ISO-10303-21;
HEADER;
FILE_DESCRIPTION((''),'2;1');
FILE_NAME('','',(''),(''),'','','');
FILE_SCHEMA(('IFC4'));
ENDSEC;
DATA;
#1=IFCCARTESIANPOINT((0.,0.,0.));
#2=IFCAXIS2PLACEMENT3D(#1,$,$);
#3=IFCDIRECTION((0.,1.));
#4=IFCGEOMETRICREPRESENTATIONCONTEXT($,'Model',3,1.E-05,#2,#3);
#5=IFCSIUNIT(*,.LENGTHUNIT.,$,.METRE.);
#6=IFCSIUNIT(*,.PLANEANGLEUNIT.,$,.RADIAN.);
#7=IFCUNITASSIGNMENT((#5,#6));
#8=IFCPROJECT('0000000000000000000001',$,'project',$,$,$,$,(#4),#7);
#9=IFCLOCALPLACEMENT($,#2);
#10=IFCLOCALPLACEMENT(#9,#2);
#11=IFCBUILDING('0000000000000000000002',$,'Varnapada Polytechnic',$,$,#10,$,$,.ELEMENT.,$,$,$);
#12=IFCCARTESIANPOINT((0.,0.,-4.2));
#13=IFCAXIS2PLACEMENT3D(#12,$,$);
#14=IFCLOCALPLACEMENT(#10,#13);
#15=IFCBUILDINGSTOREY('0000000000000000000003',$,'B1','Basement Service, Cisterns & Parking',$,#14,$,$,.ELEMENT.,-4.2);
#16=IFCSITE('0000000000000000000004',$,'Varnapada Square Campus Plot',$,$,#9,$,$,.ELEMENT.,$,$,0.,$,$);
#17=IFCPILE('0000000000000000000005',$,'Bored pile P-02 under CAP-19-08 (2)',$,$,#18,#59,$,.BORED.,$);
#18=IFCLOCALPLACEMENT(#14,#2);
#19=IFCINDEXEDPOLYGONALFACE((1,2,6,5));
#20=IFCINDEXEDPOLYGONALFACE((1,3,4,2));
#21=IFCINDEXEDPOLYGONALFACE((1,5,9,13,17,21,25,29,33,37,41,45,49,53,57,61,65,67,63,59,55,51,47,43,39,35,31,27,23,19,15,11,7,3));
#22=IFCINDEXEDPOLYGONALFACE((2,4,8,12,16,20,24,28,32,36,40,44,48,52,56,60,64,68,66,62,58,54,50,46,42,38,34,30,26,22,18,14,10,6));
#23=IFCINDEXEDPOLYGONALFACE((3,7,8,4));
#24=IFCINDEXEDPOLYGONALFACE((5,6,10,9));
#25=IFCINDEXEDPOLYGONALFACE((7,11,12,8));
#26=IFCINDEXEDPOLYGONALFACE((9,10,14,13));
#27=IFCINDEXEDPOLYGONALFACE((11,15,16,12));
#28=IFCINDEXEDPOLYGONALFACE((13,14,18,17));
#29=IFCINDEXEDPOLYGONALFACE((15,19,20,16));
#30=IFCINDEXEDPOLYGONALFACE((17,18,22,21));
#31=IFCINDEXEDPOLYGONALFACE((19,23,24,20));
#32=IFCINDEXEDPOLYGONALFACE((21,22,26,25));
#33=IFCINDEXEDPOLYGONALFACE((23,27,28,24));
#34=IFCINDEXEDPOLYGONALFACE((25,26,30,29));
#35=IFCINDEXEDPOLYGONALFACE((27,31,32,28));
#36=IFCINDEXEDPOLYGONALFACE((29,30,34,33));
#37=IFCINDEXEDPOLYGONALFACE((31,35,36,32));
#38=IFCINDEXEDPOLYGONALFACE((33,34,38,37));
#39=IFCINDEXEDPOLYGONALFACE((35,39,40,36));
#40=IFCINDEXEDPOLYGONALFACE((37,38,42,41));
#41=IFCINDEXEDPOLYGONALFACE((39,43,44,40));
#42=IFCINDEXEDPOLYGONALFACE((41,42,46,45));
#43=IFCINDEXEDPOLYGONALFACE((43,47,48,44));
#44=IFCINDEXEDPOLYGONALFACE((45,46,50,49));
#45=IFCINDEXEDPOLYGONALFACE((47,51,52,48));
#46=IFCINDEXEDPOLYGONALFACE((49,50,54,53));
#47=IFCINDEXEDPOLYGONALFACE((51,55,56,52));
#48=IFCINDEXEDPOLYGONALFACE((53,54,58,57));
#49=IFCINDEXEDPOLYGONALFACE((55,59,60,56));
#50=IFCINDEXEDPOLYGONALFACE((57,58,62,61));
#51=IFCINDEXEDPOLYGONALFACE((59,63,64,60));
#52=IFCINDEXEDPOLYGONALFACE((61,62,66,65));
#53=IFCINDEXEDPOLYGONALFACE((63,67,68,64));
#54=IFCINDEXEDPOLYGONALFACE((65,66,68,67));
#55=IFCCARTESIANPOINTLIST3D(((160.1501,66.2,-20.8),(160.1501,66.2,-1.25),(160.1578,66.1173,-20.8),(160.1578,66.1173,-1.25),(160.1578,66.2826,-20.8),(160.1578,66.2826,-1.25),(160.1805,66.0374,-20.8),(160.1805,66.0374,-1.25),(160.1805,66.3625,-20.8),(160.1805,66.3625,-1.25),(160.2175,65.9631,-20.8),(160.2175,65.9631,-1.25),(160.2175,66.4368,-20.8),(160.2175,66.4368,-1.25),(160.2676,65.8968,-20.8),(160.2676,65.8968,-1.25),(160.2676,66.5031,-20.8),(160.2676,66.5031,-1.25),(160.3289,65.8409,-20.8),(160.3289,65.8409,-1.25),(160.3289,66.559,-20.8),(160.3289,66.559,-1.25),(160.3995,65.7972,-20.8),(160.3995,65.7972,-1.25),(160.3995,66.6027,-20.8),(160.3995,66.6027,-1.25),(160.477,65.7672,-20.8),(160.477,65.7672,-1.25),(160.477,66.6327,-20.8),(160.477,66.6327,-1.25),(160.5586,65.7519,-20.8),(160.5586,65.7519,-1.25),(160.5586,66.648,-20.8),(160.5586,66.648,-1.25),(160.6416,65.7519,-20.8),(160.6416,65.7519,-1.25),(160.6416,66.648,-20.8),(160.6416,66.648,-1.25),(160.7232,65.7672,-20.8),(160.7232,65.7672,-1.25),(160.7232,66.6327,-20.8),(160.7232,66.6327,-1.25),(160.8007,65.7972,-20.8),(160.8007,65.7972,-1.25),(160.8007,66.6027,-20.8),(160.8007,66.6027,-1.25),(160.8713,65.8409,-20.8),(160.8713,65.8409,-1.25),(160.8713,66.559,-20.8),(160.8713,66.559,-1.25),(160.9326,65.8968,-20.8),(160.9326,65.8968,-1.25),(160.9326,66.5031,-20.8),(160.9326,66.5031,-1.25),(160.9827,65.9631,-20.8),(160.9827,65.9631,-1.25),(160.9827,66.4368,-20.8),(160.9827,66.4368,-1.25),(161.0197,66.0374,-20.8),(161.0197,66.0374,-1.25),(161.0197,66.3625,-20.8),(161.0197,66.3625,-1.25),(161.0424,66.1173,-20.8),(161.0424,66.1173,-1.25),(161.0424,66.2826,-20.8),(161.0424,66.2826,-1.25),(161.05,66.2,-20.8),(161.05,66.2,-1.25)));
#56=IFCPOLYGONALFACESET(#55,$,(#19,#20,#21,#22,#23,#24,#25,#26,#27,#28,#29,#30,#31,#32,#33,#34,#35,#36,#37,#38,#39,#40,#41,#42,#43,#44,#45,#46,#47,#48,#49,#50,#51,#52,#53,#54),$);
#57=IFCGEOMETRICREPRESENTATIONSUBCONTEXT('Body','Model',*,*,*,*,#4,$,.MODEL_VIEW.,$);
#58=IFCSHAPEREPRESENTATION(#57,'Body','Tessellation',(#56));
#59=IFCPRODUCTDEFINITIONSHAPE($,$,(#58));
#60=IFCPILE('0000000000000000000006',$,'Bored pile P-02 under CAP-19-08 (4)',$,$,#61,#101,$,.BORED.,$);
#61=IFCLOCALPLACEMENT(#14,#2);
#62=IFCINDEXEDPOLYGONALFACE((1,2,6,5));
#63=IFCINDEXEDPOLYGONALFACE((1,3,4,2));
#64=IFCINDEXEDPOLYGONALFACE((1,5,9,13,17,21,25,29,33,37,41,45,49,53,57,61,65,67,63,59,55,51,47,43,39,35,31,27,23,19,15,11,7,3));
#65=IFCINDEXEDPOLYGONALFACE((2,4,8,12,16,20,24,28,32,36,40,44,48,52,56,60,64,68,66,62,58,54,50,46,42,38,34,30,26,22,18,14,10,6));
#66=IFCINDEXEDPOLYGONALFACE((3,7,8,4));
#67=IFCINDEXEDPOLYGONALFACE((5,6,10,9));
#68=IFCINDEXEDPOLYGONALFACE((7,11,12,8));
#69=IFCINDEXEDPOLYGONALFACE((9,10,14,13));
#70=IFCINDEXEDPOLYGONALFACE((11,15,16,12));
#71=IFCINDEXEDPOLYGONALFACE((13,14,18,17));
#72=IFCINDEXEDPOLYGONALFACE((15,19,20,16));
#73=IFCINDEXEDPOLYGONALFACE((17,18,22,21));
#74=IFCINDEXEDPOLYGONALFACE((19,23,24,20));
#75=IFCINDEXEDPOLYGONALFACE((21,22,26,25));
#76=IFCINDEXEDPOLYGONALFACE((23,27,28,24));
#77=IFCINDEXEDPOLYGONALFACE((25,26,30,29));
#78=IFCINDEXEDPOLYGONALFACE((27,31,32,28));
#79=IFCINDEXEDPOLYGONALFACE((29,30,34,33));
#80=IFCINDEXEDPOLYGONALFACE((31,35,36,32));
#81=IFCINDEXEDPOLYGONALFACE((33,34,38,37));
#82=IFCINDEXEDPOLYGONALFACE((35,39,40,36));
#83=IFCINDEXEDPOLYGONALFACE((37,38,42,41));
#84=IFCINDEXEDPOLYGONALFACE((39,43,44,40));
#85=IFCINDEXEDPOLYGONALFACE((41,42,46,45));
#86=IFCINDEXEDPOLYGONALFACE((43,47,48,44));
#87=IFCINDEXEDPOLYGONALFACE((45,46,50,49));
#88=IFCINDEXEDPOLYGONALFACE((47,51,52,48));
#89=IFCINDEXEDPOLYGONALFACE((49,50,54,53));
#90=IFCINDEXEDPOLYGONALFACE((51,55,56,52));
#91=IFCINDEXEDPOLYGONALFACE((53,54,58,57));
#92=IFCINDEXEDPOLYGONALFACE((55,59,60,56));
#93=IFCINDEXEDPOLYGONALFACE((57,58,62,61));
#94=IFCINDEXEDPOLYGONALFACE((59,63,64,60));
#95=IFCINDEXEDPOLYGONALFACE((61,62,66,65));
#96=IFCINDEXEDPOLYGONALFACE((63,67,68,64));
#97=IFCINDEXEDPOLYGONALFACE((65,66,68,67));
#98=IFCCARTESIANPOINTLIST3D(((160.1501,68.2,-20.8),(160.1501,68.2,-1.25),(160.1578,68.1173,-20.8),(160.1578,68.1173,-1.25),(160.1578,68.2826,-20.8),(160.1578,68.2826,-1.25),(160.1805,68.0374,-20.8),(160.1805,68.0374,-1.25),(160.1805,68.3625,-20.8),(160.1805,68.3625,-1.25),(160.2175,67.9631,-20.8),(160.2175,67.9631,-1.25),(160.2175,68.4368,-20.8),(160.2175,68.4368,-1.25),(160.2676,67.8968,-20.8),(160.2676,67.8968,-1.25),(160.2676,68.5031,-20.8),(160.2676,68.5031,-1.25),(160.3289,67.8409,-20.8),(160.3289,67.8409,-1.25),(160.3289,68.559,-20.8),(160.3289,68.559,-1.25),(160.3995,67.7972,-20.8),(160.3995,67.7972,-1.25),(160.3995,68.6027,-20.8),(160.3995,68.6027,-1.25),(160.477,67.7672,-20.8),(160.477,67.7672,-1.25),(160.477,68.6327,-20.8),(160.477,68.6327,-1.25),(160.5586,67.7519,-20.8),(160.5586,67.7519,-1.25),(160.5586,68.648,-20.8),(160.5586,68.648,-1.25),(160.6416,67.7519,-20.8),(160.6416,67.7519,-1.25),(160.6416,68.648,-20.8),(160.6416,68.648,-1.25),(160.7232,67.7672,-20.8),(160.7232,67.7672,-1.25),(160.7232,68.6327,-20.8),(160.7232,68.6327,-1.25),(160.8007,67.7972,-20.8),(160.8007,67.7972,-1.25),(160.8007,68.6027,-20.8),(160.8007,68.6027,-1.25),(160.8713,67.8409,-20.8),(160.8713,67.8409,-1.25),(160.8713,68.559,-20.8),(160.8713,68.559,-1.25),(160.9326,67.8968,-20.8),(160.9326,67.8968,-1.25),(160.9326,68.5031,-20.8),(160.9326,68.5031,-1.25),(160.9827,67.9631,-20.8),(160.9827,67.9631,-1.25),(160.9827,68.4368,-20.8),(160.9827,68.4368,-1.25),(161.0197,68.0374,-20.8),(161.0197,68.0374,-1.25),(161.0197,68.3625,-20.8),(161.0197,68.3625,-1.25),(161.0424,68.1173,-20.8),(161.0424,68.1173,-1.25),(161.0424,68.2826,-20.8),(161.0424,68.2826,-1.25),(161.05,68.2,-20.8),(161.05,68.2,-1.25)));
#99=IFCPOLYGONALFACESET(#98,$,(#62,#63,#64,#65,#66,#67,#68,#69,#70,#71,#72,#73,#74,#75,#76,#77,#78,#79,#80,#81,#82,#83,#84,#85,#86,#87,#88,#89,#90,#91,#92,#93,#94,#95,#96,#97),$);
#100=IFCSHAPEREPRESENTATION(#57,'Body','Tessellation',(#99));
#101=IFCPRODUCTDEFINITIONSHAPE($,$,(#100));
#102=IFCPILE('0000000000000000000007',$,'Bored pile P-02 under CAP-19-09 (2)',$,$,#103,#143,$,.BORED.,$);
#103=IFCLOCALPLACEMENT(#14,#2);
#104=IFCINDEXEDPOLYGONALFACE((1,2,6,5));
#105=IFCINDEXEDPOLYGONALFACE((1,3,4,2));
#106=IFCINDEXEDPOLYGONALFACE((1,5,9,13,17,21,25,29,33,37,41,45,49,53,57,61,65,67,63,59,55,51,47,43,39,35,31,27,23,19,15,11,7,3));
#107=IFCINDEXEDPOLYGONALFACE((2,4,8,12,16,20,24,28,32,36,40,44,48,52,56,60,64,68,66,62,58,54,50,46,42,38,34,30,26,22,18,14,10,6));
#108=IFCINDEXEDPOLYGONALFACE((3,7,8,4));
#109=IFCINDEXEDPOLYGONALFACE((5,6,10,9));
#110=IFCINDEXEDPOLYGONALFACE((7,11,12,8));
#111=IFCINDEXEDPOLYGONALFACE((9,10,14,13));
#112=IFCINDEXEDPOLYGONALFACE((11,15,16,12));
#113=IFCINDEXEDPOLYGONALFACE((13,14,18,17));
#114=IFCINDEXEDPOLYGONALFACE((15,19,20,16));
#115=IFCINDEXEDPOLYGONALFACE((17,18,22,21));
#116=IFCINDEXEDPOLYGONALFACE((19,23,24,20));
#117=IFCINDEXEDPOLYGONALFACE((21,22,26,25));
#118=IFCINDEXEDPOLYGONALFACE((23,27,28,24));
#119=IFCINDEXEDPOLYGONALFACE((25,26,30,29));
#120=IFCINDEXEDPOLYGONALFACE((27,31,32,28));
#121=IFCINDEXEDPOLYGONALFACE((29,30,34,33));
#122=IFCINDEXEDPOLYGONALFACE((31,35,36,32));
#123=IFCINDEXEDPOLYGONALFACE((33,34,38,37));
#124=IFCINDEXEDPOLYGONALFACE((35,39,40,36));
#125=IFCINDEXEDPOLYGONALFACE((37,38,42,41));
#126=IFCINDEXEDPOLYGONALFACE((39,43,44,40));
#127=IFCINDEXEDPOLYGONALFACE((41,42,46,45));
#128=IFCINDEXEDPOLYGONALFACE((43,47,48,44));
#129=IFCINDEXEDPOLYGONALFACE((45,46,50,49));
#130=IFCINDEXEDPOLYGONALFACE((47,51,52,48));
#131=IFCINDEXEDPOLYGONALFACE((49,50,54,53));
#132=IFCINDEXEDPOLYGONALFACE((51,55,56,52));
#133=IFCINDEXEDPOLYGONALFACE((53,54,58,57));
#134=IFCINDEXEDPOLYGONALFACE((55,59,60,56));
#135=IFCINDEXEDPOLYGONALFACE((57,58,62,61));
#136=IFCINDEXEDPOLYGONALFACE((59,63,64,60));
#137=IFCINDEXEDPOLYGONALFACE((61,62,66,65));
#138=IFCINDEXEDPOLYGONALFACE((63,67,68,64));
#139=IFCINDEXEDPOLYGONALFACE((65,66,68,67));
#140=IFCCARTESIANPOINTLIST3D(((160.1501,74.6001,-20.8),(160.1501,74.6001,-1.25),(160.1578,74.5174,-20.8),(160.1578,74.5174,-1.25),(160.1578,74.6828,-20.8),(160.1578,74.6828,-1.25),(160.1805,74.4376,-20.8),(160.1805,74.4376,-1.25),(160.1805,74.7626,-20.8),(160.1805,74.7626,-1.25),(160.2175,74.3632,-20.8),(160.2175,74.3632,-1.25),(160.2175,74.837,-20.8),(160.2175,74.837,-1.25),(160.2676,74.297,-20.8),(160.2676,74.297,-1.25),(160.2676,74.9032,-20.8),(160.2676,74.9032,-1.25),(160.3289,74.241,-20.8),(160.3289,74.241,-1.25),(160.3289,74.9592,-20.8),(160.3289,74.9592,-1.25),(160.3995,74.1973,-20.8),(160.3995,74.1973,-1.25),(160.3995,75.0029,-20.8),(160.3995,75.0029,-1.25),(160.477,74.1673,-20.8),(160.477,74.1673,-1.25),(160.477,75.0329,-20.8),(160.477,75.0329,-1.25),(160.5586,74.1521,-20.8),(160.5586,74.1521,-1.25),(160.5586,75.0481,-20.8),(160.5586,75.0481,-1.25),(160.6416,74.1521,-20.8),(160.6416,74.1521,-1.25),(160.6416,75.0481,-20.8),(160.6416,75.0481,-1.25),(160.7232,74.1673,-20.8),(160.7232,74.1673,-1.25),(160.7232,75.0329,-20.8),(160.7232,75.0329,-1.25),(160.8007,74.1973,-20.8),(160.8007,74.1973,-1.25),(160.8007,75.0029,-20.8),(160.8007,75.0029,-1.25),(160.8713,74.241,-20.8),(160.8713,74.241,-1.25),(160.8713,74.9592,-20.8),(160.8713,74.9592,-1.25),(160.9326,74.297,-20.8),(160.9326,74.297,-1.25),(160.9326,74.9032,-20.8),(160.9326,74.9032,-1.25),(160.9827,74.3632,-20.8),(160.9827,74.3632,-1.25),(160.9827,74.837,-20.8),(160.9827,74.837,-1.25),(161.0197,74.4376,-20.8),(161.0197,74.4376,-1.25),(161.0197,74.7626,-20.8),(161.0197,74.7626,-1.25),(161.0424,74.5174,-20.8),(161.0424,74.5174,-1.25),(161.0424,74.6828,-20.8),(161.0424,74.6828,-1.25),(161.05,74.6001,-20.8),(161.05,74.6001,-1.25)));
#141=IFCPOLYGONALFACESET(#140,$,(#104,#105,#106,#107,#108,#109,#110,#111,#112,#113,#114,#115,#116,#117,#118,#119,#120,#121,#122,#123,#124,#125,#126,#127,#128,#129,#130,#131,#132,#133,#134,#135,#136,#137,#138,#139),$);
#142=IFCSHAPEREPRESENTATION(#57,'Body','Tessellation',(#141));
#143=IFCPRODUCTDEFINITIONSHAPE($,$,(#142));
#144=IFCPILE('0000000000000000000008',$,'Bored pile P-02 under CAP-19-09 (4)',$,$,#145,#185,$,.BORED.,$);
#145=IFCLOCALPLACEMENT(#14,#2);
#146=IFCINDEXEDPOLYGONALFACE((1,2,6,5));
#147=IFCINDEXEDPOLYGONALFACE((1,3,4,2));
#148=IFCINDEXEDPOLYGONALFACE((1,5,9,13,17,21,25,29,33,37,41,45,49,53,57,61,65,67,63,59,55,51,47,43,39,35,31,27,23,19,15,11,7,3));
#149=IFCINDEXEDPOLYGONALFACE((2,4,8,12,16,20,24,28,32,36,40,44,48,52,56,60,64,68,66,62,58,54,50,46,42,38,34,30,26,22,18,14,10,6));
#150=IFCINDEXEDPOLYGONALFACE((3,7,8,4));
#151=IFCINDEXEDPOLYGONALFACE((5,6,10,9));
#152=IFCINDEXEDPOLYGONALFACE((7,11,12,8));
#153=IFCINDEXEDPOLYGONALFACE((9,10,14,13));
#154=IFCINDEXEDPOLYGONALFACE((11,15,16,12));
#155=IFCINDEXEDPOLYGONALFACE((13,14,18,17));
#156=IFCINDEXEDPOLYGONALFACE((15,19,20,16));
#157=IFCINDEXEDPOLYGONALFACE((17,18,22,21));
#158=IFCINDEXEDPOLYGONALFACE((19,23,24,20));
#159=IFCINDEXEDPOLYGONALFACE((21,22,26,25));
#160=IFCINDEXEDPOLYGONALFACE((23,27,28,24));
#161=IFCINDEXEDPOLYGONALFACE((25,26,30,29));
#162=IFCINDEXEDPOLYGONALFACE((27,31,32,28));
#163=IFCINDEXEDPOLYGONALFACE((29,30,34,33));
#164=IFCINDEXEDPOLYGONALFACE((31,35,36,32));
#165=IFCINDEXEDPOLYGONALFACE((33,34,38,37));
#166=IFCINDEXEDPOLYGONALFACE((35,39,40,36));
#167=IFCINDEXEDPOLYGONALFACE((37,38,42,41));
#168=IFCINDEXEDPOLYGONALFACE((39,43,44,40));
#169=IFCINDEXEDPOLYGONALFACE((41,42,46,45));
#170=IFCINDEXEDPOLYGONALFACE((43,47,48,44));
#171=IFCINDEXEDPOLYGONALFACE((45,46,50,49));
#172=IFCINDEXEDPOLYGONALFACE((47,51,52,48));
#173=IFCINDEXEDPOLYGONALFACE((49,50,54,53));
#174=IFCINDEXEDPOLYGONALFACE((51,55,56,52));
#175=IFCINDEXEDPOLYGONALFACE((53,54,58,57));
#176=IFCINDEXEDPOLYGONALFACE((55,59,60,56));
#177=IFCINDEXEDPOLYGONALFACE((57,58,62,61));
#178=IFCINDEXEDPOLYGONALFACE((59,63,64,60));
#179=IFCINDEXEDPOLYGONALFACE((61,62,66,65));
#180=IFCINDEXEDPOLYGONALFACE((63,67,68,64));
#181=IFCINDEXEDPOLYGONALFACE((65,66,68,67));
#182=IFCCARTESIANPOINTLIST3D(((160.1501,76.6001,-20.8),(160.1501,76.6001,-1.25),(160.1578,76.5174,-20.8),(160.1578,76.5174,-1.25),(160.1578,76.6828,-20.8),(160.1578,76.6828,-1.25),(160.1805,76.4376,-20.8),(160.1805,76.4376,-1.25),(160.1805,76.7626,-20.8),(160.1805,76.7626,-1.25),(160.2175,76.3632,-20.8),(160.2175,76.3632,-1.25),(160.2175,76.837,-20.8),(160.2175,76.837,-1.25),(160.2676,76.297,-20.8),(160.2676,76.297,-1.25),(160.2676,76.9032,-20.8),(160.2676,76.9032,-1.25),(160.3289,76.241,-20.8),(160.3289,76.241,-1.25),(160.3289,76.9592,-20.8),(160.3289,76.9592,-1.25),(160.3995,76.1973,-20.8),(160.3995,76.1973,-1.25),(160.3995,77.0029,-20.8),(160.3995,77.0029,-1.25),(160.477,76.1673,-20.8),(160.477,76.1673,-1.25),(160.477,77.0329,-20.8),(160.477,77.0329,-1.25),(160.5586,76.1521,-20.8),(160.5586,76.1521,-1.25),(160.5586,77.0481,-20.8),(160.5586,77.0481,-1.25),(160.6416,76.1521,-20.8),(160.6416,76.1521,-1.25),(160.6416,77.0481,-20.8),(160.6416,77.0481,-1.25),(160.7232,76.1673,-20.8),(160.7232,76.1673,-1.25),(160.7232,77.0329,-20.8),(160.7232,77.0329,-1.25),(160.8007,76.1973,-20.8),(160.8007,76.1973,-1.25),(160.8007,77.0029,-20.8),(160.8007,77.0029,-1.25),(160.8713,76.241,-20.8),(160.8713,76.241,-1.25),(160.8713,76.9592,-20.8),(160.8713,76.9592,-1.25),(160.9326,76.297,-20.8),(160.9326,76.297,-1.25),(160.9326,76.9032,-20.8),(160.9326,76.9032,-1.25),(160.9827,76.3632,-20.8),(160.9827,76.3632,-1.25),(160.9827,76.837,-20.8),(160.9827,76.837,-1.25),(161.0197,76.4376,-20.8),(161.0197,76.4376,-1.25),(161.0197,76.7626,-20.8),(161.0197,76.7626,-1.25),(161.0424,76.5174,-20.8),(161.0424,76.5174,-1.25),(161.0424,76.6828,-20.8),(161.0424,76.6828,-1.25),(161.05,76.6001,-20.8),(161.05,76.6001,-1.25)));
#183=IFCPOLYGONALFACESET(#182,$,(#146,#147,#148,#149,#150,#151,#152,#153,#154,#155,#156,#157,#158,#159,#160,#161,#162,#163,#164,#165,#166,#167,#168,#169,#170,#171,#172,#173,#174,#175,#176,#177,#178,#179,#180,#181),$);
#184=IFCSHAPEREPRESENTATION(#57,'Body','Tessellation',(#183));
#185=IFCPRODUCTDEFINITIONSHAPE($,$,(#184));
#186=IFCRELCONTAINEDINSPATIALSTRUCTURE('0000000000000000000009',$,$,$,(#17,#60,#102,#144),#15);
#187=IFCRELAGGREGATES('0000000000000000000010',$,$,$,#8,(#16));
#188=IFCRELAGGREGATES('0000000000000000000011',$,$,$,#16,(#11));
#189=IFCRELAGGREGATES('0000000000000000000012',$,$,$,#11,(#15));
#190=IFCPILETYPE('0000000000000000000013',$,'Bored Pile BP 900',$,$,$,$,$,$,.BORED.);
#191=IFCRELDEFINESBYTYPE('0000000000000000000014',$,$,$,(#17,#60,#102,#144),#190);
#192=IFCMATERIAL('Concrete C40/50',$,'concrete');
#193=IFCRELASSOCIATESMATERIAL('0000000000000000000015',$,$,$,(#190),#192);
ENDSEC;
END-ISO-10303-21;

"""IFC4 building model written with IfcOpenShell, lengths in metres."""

from ifc_helpers import new_model, si_unit, direction, frame, origin, origin_2d, place, context, subcontext, project, spatial, circle, extrude, material, material_profile, profile_set, type_object, element, save


model = new_model("IFC4")

# Units and contexts
model_context = context("Model", 3, precision=1e-05, world=origin(), true_north=direction((0.0, 1.0)))
body_context = subcontext(model_context, "Body", "Model", "MODEL_VIEW")
ifc_project = project(units=[si_unit("LENGTHUNIT", "METRE"), si_unit("PLANEANGLEUNIT", "RADIAN")], contexts=[model_context])

# Site, building, storey
site_placement = place(None, origin())
site = spatial("IfcSite", under=ifc_project, at=site_placement, Name="Varnapada Square Campus Plot", CompositionType="ELEMENT", RefElevation=0.0)
building_placement = place(site_placement, origin())
building = spatial("IfcBuilding", under=site, at=building_placement, Name="Varnapada Polytechnic", CompositionType="ELEMENT")
storey_placement = place(building_placement, frame((0.0, 0.0, -4.2)))
storey = spatial("IfcBuildingStorey", under=building, at=storey_placement, Name="B1", Description="Basement Service, Cisterns & Parking", CompositionType="ELEMENT", Elevation=-4.2)

# Piles
ifc_material_1 = material(Name="Concrete C40/50", Category="concrete")
ifc_material_profile_1 = material_profile(ifc_material_1, circle(Radius=0.45, at=origin_2d()), Name="BP 900")
ifc_profile_set_1 = profile_set([ifc_material_profile_1], Name="Concrete C40/50")
pile_type = type_object("IfcPileType", Name="Bored Pile BP 900", PredefinedType="BORED", material=ifc_profile_set_1)
for number, where, z_axis, x_axis, name in (
    (1, (160.6001, 66.2, -1.25), (0.0, 0.0, -1.0), (1.0, 0.0, 0.0), "Bored pile P-02 under CAP-19-08 (2)"),
    (2, (160.6001, 68.2, -1.25), (0.0, 0.0, -1.0), (1.0, 0.0, 0.0), "Bored pile P-02 under CAP-19-08 (4)"),
    (3, (160.6001, 74.6001, -1.25), (0.0, 0.0, -1.0), (1.0, 0.0, 0.0), "Bored pile P-02 under CAP-19-09 (2)"),
    (4, (160.6001, 76.6001, -1.25), (0.0, 0.0, -1.0), (1.0, 0.0, 0.0), "Bored pile P-02 under CAP-19-09 (4)"),
):
    element("IfcPile", number, at=place(storey_placement, frame(where, z_axis=z_axis, x_axis=x_axis)), inside=storey, type_object=pile_type, Name=name, PredefinedType="BORED", context=body_context, shape_type="SweptSolid", body=[
        extrude(circle(Radius=0.45, at=origin_2d()), origin(), (0.0, 0.0, 1.0), 19.55),
    ])

save(model, "model.ifc")
